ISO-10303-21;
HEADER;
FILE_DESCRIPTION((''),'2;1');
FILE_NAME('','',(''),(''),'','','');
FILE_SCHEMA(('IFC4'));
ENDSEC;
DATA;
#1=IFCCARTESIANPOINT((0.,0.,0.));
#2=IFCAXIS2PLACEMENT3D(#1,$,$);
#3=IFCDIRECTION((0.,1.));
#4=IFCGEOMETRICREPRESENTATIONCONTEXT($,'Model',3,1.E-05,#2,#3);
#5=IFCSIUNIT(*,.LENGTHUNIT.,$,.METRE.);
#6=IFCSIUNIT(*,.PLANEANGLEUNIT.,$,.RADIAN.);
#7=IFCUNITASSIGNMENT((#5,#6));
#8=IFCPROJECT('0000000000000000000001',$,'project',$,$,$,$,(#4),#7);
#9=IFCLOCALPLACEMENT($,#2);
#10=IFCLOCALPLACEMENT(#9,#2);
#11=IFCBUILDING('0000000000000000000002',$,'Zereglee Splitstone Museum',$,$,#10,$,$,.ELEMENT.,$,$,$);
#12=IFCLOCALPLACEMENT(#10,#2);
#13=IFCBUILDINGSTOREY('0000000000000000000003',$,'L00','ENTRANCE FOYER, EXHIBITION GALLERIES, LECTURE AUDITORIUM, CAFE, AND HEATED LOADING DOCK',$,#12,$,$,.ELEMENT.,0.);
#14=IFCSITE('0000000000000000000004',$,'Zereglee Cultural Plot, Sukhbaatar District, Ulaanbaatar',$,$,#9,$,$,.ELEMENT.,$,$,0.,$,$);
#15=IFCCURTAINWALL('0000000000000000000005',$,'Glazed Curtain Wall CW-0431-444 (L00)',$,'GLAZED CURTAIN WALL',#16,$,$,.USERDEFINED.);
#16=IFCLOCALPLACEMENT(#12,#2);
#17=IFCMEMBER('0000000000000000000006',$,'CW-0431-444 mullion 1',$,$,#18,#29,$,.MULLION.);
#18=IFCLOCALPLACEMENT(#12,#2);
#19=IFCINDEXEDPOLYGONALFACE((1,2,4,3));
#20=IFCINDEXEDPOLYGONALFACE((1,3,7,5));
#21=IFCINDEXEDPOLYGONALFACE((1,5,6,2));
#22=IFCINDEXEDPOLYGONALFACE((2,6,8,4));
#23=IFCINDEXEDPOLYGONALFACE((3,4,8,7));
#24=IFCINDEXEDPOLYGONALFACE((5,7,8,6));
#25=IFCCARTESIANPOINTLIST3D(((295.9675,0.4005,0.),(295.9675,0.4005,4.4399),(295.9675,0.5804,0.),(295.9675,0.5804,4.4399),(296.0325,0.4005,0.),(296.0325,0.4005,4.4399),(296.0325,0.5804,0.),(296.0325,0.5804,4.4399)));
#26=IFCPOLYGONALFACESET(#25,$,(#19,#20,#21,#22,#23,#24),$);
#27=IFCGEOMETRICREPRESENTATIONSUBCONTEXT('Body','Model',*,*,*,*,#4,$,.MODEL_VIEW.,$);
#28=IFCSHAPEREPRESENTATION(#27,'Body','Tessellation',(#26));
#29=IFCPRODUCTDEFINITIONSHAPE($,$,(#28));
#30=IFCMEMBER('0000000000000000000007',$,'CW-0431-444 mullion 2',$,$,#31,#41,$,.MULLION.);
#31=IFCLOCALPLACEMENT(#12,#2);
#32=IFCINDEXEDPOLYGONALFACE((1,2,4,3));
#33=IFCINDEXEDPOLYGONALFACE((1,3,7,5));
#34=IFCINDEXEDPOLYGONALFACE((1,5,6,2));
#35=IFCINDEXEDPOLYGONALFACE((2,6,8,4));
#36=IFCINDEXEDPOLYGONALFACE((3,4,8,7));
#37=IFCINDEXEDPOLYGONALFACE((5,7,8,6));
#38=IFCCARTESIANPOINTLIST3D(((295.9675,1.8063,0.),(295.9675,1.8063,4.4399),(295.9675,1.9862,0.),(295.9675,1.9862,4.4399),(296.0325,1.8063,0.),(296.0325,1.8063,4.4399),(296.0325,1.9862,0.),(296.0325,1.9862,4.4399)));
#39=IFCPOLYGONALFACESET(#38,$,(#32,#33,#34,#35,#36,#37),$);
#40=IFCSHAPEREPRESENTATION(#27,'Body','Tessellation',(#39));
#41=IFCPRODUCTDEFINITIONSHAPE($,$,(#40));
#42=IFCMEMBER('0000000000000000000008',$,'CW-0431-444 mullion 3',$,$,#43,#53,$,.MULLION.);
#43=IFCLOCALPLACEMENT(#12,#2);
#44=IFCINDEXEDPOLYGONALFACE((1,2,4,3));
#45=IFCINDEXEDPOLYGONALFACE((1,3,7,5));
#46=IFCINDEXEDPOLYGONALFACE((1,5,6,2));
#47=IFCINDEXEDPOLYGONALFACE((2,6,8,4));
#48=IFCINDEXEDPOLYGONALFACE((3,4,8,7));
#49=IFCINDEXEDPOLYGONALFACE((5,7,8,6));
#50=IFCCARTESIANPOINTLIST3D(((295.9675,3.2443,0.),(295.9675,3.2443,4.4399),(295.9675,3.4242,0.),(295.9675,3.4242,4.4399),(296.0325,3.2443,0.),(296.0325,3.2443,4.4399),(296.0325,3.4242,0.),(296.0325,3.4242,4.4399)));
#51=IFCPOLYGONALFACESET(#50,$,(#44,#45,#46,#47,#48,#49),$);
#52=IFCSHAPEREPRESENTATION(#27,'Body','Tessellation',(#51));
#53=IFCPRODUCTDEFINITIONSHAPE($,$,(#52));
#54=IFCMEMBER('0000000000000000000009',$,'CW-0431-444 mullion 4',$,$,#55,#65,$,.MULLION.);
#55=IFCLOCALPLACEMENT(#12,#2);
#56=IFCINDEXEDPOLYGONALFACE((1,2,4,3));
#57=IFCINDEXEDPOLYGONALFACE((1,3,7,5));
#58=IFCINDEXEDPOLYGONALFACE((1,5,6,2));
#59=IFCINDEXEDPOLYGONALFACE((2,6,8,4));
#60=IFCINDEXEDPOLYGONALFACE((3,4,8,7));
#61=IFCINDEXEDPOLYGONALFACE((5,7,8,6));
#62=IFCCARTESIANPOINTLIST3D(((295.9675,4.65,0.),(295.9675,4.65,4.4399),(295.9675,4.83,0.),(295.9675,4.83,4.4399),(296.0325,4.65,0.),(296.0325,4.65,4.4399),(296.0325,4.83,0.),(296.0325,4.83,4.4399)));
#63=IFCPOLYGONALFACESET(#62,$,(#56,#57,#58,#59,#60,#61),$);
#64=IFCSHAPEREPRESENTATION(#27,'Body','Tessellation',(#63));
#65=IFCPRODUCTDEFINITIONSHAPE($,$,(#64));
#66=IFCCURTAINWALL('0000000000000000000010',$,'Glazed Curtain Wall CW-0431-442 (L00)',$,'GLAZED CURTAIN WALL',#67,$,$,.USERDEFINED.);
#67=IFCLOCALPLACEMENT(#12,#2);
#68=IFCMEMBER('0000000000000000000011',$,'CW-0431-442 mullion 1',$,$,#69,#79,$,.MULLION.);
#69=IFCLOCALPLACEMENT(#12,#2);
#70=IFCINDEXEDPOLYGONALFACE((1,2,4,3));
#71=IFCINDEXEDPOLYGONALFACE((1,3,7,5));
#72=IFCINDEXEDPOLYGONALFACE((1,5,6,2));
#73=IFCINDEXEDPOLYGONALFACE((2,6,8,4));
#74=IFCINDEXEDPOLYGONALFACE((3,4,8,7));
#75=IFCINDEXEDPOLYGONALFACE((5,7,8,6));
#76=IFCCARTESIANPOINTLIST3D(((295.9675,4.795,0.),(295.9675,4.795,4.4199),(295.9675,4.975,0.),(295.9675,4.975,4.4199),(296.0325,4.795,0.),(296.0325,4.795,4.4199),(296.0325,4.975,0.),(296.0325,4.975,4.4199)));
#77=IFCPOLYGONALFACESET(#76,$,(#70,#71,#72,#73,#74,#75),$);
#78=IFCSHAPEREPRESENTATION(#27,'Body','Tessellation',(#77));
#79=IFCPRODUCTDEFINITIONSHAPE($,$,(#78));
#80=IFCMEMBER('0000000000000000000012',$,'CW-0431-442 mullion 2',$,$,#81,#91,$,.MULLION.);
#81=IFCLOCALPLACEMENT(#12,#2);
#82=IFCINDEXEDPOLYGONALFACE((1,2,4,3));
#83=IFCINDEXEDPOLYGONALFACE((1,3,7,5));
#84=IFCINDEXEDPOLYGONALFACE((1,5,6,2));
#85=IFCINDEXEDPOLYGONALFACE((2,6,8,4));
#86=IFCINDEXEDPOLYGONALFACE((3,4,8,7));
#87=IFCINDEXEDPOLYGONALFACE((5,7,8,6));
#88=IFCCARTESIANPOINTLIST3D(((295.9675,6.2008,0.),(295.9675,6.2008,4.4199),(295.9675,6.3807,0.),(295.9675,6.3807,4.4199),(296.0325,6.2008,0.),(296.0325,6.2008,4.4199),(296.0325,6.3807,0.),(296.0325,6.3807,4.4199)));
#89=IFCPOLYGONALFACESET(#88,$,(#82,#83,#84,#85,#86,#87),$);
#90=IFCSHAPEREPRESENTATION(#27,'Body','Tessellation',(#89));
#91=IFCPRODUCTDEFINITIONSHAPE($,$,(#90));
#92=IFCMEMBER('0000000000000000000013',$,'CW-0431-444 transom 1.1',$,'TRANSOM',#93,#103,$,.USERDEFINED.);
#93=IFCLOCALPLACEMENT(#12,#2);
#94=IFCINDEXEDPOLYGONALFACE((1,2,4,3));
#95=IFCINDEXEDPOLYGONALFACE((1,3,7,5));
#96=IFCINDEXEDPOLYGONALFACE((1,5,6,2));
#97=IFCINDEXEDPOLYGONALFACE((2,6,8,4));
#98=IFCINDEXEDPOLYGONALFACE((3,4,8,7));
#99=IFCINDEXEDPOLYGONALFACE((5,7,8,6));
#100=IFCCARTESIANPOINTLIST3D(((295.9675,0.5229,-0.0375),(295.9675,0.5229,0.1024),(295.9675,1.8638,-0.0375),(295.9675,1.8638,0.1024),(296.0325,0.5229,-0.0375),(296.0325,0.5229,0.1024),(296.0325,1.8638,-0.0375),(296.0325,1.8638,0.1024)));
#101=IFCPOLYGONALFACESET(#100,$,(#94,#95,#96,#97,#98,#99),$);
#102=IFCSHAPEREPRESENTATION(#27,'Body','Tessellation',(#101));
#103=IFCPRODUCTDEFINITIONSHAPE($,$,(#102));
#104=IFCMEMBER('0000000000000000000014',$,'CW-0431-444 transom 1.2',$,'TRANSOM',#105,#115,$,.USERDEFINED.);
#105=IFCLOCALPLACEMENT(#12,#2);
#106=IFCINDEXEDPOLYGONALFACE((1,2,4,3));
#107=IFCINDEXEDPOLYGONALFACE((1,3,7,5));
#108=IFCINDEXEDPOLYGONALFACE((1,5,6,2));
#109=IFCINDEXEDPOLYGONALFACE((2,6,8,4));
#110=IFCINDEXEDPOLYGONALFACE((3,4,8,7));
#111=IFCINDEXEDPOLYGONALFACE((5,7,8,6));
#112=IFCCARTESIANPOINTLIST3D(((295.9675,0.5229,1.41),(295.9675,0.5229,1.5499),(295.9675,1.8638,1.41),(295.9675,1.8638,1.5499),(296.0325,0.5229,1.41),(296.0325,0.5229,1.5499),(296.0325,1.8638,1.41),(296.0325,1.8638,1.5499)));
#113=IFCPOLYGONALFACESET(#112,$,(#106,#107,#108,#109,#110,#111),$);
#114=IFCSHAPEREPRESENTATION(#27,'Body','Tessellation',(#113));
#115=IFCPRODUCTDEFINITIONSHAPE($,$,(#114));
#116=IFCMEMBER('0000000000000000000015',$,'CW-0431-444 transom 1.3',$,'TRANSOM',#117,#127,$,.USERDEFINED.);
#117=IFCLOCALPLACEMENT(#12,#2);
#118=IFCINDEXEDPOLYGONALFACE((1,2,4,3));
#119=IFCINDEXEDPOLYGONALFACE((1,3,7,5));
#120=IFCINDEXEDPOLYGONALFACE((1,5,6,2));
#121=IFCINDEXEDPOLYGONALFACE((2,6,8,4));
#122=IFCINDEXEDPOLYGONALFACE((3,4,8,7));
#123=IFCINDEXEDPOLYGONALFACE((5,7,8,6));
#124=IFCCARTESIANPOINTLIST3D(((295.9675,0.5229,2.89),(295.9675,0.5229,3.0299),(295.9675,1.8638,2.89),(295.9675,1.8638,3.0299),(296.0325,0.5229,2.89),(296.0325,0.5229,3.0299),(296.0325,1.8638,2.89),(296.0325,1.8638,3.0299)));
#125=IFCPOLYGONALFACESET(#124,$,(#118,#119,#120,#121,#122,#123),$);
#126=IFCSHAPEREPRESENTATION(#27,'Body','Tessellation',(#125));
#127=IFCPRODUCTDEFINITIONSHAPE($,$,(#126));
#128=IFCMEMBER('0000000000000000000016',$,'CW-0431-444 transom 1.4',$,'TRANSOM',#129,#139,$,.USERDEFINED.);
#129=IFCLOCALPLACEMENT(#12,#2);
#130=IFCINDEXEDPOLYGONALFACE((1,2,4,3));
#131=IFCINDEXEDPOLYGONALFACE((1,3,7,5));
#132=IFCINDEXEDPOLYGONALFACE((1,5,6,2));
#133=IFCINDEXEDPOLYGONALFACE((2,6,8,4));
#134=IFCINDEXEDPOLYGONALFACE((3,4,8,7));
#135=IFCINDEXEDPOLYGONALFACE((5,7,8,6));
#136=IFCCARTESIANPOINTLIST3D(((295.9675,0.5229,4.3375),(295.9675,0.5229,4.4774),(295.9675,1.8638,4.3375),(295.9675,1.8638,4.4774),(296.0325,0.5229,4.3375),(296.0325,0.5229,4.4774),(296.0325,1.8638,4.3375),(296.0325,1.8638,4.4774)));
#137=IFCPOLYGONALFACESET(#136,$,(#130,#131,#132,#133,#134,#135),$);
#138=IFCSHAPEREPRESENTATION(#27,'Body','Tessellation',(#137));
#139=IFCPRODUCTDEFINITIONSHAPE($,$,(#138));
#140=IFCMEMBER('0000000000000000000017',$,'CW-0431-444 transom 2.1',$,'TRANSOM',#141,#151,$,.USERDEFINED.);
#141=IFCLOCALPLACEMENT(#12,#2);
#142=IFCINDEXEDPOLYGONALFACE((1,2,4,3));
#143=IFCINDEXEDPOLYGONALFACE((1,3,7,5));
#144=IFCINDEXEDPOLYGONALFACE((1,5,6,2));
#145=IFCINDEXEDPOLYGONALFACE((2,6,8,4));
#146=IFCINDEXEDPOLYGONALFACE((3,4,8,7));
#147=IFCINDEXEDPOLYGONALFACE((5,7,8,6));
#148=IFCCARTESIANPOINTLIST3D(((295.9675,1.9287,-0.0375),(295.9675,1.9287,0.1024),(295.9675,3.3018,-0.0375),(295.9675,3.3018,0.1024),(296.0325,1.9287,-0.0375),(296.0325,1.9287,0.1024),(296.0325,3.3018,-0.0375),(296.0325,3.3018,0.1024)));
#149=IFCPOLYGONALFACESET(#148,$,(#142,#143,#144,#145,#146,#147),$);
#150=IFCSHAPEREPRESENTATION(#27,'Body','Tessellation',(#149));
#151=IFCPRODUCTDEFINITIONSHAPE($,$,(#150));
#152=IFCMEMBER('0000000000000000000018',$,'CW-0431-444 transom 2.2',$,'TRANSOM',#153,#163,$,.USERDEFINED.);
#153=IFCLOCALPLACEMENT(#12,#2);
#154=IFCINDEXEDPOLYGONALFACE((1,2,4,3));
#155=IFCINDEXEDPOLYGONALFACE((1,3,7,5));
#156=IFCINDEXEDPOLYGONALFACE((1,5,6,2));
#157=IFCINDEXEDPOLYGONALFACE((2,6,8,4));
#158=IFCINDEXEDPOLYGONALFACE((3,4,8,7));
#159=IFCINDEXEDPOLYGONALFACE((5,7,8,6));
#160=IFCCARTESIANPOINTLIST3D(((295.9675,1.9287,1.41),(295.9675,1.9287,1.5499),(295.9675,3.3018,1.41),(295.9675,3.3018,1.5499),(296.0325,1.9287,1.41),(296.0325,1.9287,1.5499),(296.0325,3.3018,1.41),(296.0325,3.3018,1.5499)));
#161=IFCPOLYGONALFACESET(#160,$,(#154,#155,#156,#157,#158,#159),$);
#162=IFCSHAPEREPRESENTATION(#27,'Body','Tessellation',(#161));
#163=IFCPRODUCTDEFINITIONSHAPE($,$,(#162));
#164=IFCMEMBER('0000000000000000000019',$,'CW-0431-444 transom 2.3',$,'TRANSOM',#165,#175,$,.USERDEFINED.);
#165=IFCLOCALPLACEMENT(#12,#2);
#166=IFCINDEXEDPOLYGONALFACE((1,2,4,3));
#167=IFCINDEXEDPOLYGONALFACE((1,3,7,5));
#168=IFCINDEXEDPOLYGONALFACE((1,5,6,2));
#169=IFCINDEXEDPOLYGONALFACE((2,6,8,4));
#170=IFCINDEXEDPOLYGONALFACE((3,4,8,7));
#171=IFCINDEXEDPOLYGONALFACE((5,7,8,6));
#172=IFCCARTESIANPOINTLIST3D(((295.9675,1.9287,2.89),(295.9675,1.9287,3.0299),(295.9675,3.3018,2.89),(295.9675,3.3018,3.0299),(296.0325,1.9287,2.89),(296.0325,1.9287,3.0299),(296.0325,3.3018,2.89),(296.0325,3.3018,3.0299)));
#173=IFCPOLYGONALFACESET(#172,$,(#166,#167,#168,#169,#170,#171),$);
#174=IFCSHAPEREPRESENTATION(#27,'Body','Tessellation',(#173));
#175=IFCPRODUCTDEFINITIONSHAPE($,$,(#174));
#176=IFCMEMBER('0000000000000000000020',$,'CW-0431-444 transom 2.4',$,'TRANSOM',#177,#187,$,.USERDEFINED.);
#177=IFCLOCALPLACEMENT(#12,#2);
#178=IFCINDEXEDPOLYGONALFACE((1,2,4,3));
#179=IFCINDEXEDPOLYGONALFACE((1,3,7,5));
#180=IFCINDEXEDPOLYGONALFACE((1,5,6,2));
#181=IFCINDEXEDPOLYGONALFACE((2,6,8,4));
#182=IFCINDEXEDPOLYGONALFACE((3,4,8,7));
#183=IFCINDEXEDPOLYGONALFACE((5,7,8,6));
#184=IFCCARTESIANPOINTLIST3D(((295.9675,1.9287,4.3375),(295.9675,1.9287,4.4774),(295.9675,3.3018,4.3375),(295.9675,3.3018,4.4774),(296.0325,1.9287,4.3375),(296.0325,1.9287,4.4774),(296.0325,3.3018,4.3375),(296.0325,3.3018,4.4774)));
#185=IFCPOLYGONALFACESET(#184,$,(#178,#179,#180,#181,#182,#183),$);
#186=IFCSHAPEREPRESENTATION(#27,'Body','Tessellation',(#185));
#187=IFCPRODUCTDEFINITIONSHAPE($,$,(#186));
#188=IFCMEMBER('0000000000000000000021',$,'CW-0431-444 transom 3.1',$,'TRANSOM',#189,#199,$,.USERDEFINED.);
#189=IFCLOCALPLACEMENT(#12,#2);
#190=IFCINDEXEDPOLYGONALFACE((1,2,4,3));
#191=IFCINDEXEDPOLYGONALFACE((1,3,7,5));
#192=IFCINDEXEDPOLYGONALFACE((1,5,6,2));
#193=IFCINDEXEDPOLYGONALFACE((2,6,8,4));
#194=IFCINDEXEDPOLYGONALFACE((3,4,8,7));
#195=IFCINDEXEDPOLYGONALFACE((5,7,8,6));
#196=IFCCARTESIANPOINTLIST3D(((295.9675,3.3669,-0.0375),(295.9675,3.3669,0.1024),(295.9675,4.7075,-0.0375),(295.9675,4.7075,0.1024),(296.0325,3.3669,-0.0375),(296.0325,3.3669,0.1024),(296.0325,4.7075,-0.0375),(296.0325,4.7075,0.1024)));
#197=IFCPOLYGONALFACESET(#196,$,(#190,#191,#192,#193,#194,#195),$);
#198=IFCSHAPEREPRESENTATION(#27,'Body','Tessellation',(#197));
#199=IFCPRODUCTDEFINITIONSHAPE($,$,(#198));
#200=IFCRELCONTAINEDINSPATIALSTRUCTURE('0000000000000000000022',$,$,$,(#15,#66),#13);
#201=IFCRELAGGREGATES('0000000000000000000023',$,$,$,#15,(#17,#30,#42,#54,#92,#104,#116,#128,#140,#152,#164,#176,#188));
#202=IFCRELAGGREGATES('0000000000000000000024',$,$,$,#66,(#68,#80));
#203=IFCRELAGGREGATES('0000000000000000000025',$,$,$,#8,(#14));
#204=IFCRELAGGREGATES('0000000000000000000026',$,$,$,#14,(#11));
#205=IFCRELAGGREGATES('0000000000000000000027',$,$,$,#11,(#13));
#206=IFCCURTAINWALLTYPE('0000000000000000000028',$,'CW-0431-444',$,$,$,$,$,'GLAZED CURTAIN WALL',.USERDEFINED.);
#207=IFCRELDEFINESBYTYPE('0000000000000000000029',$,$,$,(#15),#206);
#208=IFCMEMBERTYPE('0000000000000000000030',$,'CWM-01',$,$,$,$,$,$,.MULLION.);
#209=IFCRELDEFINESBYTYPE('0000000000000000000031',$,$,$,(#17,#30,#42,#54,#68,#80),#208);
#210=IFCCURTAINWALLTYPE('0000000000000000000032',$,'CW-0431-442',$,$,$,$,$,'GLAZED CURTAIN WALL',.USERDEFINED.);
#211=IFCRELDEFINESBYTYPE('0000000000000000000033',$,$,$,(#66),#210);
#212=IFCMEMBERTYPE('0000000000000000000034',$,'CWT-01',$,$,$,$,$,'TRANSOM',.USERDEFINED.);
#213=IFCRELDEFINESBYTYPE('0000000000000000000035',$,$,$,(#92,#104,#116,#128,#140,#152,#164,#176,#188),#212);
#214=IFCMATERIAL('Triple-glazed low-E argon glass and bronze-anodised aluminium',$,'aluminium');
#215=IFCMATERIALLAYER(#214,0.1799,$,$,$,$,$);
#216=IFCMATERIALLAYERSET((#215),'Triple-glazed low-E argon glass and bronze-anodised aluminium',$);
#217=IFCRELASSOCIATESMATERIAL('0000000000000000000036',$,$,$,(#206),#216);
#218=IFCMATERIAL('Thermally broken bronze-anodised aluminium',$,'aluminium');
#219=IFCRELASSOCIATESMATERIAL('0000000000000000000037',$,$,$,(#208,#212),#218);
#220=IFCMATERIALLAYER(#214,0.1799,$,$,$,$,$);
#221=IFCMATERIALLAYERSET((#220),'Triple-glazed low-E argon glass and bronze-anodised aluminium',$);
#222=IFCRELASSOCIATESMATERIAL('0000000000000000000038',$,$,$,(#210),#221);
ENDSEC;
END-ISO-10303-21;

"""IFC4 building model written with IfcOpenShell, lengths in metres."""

from ifc_helpers import new_model, si_unit, direction, frame, origin, origin_2d, place, context, subcontext, project, spatial, rectangle, extrude, material, layer, layer_set, material_profile, profile_set, type_object, element, aggregate, save


model = new_model("IFC4")

# Units and contexts
model_context = context("Model", 3, precision=1e-05, world=origin(), true_north=direction((0.0, 1.0)))
body_context = subcontext(model_context, "Body", "Model", "MODEL_VIEW")
ifc_project = project(units=[si_unit("LENGTHUNIT", "METRE"), si_unit("PLANEANGLEUNIT", "RADIAN")], contexts=[model_context])

# Site, building, storey
site_placement = place(None, origin())
site = spatial("IfcSite", under=ifc_project, at=site_placement, Name="Zereglee Cultural Plot, Sukhbaatar District, Ulaanbaatar", CompositionType="ELEMENT", RefElevation=0.0)
building_placement = place(site_placement, origin())
building = spatial("IfcBuilding", under=site, at=building_placement, Name="Zereglee Splitstone Museum", CompositionType="ELEMENT")
storey_placement = place(building_placement, origin())
storey = spatial("IfcBuildingStorey", under=building, at=storey_placement, Name="L00", Description="ENTRANCE FOYER, EXHIBITION GALLERIES, LECTURE AUDITORIUM, CAFE, AND HEATED LOADING DOCK", CompositionType="ELEMENT", Elevation=0.0)

# Curtain walls, members
ifc_material_1 = material(Name="Triple-glazed low-E argon glass and bronze-anodised aluminium", Category="aluminium")
ifc_layer_1 = layer(ifc_material_1, 0.1799)
ifc_layer_set_1 = layer_set([ifc_layer_1], Name="Triple-glazed low-E argon glass and bronze-anodised aluminium")
curtain_wall_type_1 = type_object("IfcCurtainWallType", Name="CW-0431-444", ElementType="GLAZED CURTAIN WALL", PredefinedType="USERDEFINED", material=ifc_layer_set_1)
curtain_wall_1_placement = place(storey_placement, origin())
curtain_wall_1 = element("IfcCurtainWall", 1, at=curtain_wall_1_placement, inside=storey, type_object=curtain_wall_type_1, Name="Glazed Curtain Wall CW-0431-444 (L00)", ObjectType="GLAZED CURTAIN WALL", PredefinedType="USERDEFINED")
ifc_material_2 = material(Name="Thermally broken bronze-anodised aluminium", Category="aluminium")
ifc_material_profile_1 = material_profile(ifc_material_2, rectangle(XDim=0.0649, YDim=0.1799, at=origin_2d()), Name="CW MULL 65x180")
ifc_profile_set_1 = profile_set([ifc_material_profile_1], Name="Thermally broken bronze-anodised aluminium")
member_type_1 = type_object("IfcMemberType", Name="CWM-01", PredefinedType="MULLION", material=ifc_profile_set_1)
member_1_placement = place(storey_placement, frame((296.0, 0.4905, 0.0), z_axis=(0.0, 0.0, 1.0), x_axis=(-1.0, 0.0, 0.0)))
member_1 = element("IfcMember", 2, at=member_1_placement, type_object=member_type_1, Name="CW-0431-444 mullion 1", PredefinedType="MULLION", context=body_context, shape_type="SweptSolid", body=[
    extrude(rectangle(XDim=0.0649, YDim=0.1799, at=origin_2d()), origin(), (0.0, 0.0, 1.0), 4.4399),
])
member_2_placement = place(storey_placement, frame((296.0, 1.8962, 0.0), z_axis=(0.0, 0.0, 1.0), x_axis=(-1.0, 0.0, 0.0)))
member_2 = element("IfcMember", 3, at=member_2_placement, type_object=member_type_1, Name="CW-0431-444 mullion 2", PredefinedType="MULLION", context=body_context, shape_type="SweptSolid", body=[
    extrude(rectangle(XDim=0.0649, YDim=0.1799, at=origin_2d()), origin(), (0.0, 0.0, 1.0), 4.4399),
])
member_3_placement = place(storey_placement, frame((296.0, 3.3342, 0.0), z_axis=(0.0, 0.0, 1.0), x_axis=(-1.0, 0.0, 0.0)))
member_3 = element("IfcMember", 4, at=member_3_placement, type_object=member_type_1, Name="CW-0431-444 mullion 3", PredefinedType="MULLION", context=body_context, shape_type="SweptSolid", body=[
    extrude(rectangle(XDim=0.0649, YDim=0.1799, at=origin_2d()), origin(), (0.0, 0.0, 1.0), 4.4399),
])
member_4_placement = place(storey_placement, frame((296.0, 4.74, 0.0), z_axis=(0.0, 0.0, 1.0), x_axis=(-1.0, 0.0, 0.0)))
member_4 = element("IfcMember", 5, at=member_4_placement, type_object=member_type_1, Name="CW-0431-444 mullion 4", PredefinedType="MULLION", context=body_context, shape_type="SweptSolid", body=[
    extrude(rectangle(XDim=0.0649, YDim=0.1799, at=origin_2d()), origin(), (0.0, 0.0, 1.0), 4.4399),
])
ifc_layer_2 = layer(ifc_material_1, 0.1799)
ifc_layer_set_2 = layer_set([ifc_layer_2], Name="Triple-glazed low-E argon glass and bronze-anodised aluminium")
curtain_wall_type_2 = type_object("IfcCurtainWallType", Name="CW-0431-442", ElementType="GLAZED CURTAIN WALL", PredefinedType="USERDEFINED", material=ifc_layer_set_2)
curtain_wall_2_placement = place(storey_placement, origin())
curtain_wall_2 = element("IfcCurtainWall", 6, at=curtain_wall_2_placement, inside=storey, type_object=curtain_wall_type_2, Name="Glazed Curtain Wall CW-0431-442 (L00)", ObjectType="GLAZED CURTAIN WALL", PredefinedType="USERDEFINED")
member_5_placement = place(storey_placement, frame((296.0, 4.885, 0.0), z_axis=(0.0, 0.0, 1.0), x_axis=(-1.0, 0.0, 0.0)))
member_5 = element("IfcMember", 7, at=member_5_placement, type_object=member_type_1, Name="CW-0431-442 mullion 1", PredefinedType="MULLION", context=body_context, shape_type="SweptSolid", body=[
    extrude(rectangle(XDim=0.0649, YDim=0.1799, at=origin_2d()), origin(), (0.0, 0.0, 1.0), 4.4199),
])
member_6_placement = place(storey_placement, frame((296.0, 6.2908, 0.0), z_axis=(0.0, 0.0, 1.0), x_axis=(-1.0, 0.0, 0.0)))
member_6 = element("IfcMember", 8, at=member_6_placement, type_object=member_type_1, Name="CW-0431-442 mullion 2", PredefinedType="MULLION", context=body_context, shape_type="SweptSolid", body=[
    extrude(rectangle(XDim=0.0649, YDim=0.1799, at=origin_2d()), origin(), (0.0, 0.0, 1.0), 4.4199),
])

# Members
ifc_material_profile_2 = material_profile(ifc_material_2, rectangle(XDim=0.0649, YDim=0.1399, at=origin_2d()), Name="CW TRAN 65x140")
ifc_profile_set_2 = profile_set([ifc_material_profile_2], Name="Thermally broken bronze-anodised aluminium")
member_type_2 = type_object("IfcMemberType", Name="CWT-01", ElementType="TRANSOM", PredefinedType="USERDEFINED", material=ifc_profile_set_2)
member_7_placement = place(storey_placement, frame((296.0, 0.5229, 0.0325), z_axis=(0.0, 1.0, 0.0), x_axis=(-1.0, 0.0, 0.0)))
member_7 = element("IfcMember", 9, at=member_7_placement, type_object=member_type_2, Name="CW-0431-444 transom 1.1", ObjectType="TRANSOM", PredefinedType="USERDEFINED", context=body_context, shape_type="SweptSolid", body=[
    extrude(rectangle(XDim=0.0649, YDim=0.1399, at=origin_2d()), origin(), (0.0, 0.0, 1.0), 1.3408),
])
member_8_placement = place(storey_placement, frame((296.0, 0.5229, 1.48), z_axis=(0.0, 1.0, 0.0), x_axis=(-1.0, 0.0, 0.0)))
member_8 = element("IfcMember", 10, at=member_8_placement, type_object=member_type_2, Name="CW-0431-444 transom 1.2", ObjectType="TRANSOM", PredefinedType="USERDEFINED", context=body_context, shape_type="SweptSolid", body=[
    extrude(rectangle(XDim=0.0649, YDim=0.1399, at=origin_2d()), origin(), (0.0, 0.0, 1.0), 1.3408),
])
member_9_placement = place(storey_placement, frame((296.0, 0.5229, 2.96), z_axis=(0.0, 1.0, 0.0), x_axis=(-1.0, 0.0, 0.0)))
member_9 = element("IfcMember", 11, at=member_9_placement, type_object=member_type_2, Name="CW-0431-444 transom 1.3", ObjectType="TRANSOM", PredefinedType="USERDEFINED", context=body_context, shape_type="SweptSolid", body=[
    extrude(rectangle(XDim=0.0649, YDim=0.1399, at=origin_2d()), origin(), (0.0, 0.0, 1.0), 1.3408),
])
member_10_placement = place(storey_placement, frame((296.0, 0.5229, 4.4075), z_axis=(0.0, 1.0, 0.0), x_axis=(-1.0, 0.0, 0.0)))
member_10 = element("IfcMember", 12, at=member_10_placement, type_object=member_type_2, Name="CW-0431-444 transom 1.4", ObjectType="TRANSOM", PredefinedType="USERDEFINED", context=body_context, shape_type="SweptSolid", body=[
    extrude(rectangle(XDim=0.0649, YDim=0.1399, at=origin_2d()), origin(), (0.0, 0.0, 1.0), 1.3408),
])
member_11_placement = place(storey_placement, frame((296.0, 1.9287, 0.0325), z_axis=(0.0, 1.0, 0.0), x_axis=(-1.0, 0.0, 0.0)))
member_11 = element("IfcMember", 13, at=member_11_placement, type_object=member_type_2, Name="CW-0431-444 transom 2.1", ObjectType="TRANSOM", PredefinedType="USERDEFINED", context=body_context, shape_type="SweptSolid", body=[
    extrude(rectangle(XDim=0.0649, YDim=0.1399, at=origin_2d()), origin(), (0.0, 0.0, 1.0), 1.373),
])
member_12_placement = place(storey_placement, frame((296.0, 1.9287, 1.48), z_axis=(0.0, 1.0, 0.0), x_axis=(-1.0, 0.0, 0.0)))
member_12 = element("IfcMember", 14, at=member_12_placement, type_object=member_type_2, Name="CW-0431-444 transom 2.2", ObjectType="TRANSOM", PredefinedType="USERDEFINED", context=body_context, shape_type="SweptSolid", body=[
    extrude(rectangle(XDim=0.0649, YDim=0.1399, at=origin_2d()), origin(), (0.0, 0.0, 1.0), 1.373),
])
member_13_placement = place(storey_placement, frame((296.0, 1.9287, 2.96), z_axis=(0.0, 1.0, 0.0), x_axis=(-1.0, 0.0, 0.0)))
member_13 = element("IfcMember", 15, at=member_13_placement, type_object=member_type_2, Name="CW-0431-444 transom 2.3", ObjectType="TRANSOM", PredefinedType="USERDEFINED", context=body_context, shape_type="SweptSolid", body=[
    extrude(rectangle(XDim=0.0649, YDim=0.1399, at=origin_2d()), origin(), (0.0, 0.0, 1.0), 1.373),
])
member_14_placement = place(storey_placement, frame((296.0, 1.9287, 4.4075), z_axis=(0.0, 1.0, 0.0), x_axis=(-1.0, 0.0, 0.0)))
member_14 = element("IfcMember", 16, at=member_14_placement, type_object=member_type_2, Name="CW-0431-444 transom 2.4", ObjectType="TRANSOM", PredefinedType="USERDEFINED", context=body_context, shape_type="SweptSolid", body=[
    extrude(rectangle(XDim=0.0649, YDim=0.1399, at=origin_2d()), origin(), (0.0, 0.0, 1.0), 1.373),
])
member_15_placement = place(storey_placement, frame((296.0, 3.3669, 0.0325), z_axis=(0.0, 1.0, 0.0), x_axis=(-1.0, 0.0, 0.0)))
member_15 = element("IfcMember", 17, at=member_15_placement, type_object=member_type_2, Name="CW-0431-444 transom 3.1", ObjectType="TRANSOM", PredefinedType="USERDEFINED", context=body_context, shape_type="SweptSolid", body=[
    extrude(rectangle(XDim=0.0649, YDim=0.1399, at=origin_2d()), origin(), (0.0, 0.0, 1.0), 1.3406),
])

aggregate(curtain_wall_1, [member_1, member_2, member_3, member_4, member_7, member_8, member_9, member_10, member_11, member_12, member_13, member_14, member_15])
aggregate(curtain_wall_2, [member_5, member_6])

save(model, "model.ifc")
